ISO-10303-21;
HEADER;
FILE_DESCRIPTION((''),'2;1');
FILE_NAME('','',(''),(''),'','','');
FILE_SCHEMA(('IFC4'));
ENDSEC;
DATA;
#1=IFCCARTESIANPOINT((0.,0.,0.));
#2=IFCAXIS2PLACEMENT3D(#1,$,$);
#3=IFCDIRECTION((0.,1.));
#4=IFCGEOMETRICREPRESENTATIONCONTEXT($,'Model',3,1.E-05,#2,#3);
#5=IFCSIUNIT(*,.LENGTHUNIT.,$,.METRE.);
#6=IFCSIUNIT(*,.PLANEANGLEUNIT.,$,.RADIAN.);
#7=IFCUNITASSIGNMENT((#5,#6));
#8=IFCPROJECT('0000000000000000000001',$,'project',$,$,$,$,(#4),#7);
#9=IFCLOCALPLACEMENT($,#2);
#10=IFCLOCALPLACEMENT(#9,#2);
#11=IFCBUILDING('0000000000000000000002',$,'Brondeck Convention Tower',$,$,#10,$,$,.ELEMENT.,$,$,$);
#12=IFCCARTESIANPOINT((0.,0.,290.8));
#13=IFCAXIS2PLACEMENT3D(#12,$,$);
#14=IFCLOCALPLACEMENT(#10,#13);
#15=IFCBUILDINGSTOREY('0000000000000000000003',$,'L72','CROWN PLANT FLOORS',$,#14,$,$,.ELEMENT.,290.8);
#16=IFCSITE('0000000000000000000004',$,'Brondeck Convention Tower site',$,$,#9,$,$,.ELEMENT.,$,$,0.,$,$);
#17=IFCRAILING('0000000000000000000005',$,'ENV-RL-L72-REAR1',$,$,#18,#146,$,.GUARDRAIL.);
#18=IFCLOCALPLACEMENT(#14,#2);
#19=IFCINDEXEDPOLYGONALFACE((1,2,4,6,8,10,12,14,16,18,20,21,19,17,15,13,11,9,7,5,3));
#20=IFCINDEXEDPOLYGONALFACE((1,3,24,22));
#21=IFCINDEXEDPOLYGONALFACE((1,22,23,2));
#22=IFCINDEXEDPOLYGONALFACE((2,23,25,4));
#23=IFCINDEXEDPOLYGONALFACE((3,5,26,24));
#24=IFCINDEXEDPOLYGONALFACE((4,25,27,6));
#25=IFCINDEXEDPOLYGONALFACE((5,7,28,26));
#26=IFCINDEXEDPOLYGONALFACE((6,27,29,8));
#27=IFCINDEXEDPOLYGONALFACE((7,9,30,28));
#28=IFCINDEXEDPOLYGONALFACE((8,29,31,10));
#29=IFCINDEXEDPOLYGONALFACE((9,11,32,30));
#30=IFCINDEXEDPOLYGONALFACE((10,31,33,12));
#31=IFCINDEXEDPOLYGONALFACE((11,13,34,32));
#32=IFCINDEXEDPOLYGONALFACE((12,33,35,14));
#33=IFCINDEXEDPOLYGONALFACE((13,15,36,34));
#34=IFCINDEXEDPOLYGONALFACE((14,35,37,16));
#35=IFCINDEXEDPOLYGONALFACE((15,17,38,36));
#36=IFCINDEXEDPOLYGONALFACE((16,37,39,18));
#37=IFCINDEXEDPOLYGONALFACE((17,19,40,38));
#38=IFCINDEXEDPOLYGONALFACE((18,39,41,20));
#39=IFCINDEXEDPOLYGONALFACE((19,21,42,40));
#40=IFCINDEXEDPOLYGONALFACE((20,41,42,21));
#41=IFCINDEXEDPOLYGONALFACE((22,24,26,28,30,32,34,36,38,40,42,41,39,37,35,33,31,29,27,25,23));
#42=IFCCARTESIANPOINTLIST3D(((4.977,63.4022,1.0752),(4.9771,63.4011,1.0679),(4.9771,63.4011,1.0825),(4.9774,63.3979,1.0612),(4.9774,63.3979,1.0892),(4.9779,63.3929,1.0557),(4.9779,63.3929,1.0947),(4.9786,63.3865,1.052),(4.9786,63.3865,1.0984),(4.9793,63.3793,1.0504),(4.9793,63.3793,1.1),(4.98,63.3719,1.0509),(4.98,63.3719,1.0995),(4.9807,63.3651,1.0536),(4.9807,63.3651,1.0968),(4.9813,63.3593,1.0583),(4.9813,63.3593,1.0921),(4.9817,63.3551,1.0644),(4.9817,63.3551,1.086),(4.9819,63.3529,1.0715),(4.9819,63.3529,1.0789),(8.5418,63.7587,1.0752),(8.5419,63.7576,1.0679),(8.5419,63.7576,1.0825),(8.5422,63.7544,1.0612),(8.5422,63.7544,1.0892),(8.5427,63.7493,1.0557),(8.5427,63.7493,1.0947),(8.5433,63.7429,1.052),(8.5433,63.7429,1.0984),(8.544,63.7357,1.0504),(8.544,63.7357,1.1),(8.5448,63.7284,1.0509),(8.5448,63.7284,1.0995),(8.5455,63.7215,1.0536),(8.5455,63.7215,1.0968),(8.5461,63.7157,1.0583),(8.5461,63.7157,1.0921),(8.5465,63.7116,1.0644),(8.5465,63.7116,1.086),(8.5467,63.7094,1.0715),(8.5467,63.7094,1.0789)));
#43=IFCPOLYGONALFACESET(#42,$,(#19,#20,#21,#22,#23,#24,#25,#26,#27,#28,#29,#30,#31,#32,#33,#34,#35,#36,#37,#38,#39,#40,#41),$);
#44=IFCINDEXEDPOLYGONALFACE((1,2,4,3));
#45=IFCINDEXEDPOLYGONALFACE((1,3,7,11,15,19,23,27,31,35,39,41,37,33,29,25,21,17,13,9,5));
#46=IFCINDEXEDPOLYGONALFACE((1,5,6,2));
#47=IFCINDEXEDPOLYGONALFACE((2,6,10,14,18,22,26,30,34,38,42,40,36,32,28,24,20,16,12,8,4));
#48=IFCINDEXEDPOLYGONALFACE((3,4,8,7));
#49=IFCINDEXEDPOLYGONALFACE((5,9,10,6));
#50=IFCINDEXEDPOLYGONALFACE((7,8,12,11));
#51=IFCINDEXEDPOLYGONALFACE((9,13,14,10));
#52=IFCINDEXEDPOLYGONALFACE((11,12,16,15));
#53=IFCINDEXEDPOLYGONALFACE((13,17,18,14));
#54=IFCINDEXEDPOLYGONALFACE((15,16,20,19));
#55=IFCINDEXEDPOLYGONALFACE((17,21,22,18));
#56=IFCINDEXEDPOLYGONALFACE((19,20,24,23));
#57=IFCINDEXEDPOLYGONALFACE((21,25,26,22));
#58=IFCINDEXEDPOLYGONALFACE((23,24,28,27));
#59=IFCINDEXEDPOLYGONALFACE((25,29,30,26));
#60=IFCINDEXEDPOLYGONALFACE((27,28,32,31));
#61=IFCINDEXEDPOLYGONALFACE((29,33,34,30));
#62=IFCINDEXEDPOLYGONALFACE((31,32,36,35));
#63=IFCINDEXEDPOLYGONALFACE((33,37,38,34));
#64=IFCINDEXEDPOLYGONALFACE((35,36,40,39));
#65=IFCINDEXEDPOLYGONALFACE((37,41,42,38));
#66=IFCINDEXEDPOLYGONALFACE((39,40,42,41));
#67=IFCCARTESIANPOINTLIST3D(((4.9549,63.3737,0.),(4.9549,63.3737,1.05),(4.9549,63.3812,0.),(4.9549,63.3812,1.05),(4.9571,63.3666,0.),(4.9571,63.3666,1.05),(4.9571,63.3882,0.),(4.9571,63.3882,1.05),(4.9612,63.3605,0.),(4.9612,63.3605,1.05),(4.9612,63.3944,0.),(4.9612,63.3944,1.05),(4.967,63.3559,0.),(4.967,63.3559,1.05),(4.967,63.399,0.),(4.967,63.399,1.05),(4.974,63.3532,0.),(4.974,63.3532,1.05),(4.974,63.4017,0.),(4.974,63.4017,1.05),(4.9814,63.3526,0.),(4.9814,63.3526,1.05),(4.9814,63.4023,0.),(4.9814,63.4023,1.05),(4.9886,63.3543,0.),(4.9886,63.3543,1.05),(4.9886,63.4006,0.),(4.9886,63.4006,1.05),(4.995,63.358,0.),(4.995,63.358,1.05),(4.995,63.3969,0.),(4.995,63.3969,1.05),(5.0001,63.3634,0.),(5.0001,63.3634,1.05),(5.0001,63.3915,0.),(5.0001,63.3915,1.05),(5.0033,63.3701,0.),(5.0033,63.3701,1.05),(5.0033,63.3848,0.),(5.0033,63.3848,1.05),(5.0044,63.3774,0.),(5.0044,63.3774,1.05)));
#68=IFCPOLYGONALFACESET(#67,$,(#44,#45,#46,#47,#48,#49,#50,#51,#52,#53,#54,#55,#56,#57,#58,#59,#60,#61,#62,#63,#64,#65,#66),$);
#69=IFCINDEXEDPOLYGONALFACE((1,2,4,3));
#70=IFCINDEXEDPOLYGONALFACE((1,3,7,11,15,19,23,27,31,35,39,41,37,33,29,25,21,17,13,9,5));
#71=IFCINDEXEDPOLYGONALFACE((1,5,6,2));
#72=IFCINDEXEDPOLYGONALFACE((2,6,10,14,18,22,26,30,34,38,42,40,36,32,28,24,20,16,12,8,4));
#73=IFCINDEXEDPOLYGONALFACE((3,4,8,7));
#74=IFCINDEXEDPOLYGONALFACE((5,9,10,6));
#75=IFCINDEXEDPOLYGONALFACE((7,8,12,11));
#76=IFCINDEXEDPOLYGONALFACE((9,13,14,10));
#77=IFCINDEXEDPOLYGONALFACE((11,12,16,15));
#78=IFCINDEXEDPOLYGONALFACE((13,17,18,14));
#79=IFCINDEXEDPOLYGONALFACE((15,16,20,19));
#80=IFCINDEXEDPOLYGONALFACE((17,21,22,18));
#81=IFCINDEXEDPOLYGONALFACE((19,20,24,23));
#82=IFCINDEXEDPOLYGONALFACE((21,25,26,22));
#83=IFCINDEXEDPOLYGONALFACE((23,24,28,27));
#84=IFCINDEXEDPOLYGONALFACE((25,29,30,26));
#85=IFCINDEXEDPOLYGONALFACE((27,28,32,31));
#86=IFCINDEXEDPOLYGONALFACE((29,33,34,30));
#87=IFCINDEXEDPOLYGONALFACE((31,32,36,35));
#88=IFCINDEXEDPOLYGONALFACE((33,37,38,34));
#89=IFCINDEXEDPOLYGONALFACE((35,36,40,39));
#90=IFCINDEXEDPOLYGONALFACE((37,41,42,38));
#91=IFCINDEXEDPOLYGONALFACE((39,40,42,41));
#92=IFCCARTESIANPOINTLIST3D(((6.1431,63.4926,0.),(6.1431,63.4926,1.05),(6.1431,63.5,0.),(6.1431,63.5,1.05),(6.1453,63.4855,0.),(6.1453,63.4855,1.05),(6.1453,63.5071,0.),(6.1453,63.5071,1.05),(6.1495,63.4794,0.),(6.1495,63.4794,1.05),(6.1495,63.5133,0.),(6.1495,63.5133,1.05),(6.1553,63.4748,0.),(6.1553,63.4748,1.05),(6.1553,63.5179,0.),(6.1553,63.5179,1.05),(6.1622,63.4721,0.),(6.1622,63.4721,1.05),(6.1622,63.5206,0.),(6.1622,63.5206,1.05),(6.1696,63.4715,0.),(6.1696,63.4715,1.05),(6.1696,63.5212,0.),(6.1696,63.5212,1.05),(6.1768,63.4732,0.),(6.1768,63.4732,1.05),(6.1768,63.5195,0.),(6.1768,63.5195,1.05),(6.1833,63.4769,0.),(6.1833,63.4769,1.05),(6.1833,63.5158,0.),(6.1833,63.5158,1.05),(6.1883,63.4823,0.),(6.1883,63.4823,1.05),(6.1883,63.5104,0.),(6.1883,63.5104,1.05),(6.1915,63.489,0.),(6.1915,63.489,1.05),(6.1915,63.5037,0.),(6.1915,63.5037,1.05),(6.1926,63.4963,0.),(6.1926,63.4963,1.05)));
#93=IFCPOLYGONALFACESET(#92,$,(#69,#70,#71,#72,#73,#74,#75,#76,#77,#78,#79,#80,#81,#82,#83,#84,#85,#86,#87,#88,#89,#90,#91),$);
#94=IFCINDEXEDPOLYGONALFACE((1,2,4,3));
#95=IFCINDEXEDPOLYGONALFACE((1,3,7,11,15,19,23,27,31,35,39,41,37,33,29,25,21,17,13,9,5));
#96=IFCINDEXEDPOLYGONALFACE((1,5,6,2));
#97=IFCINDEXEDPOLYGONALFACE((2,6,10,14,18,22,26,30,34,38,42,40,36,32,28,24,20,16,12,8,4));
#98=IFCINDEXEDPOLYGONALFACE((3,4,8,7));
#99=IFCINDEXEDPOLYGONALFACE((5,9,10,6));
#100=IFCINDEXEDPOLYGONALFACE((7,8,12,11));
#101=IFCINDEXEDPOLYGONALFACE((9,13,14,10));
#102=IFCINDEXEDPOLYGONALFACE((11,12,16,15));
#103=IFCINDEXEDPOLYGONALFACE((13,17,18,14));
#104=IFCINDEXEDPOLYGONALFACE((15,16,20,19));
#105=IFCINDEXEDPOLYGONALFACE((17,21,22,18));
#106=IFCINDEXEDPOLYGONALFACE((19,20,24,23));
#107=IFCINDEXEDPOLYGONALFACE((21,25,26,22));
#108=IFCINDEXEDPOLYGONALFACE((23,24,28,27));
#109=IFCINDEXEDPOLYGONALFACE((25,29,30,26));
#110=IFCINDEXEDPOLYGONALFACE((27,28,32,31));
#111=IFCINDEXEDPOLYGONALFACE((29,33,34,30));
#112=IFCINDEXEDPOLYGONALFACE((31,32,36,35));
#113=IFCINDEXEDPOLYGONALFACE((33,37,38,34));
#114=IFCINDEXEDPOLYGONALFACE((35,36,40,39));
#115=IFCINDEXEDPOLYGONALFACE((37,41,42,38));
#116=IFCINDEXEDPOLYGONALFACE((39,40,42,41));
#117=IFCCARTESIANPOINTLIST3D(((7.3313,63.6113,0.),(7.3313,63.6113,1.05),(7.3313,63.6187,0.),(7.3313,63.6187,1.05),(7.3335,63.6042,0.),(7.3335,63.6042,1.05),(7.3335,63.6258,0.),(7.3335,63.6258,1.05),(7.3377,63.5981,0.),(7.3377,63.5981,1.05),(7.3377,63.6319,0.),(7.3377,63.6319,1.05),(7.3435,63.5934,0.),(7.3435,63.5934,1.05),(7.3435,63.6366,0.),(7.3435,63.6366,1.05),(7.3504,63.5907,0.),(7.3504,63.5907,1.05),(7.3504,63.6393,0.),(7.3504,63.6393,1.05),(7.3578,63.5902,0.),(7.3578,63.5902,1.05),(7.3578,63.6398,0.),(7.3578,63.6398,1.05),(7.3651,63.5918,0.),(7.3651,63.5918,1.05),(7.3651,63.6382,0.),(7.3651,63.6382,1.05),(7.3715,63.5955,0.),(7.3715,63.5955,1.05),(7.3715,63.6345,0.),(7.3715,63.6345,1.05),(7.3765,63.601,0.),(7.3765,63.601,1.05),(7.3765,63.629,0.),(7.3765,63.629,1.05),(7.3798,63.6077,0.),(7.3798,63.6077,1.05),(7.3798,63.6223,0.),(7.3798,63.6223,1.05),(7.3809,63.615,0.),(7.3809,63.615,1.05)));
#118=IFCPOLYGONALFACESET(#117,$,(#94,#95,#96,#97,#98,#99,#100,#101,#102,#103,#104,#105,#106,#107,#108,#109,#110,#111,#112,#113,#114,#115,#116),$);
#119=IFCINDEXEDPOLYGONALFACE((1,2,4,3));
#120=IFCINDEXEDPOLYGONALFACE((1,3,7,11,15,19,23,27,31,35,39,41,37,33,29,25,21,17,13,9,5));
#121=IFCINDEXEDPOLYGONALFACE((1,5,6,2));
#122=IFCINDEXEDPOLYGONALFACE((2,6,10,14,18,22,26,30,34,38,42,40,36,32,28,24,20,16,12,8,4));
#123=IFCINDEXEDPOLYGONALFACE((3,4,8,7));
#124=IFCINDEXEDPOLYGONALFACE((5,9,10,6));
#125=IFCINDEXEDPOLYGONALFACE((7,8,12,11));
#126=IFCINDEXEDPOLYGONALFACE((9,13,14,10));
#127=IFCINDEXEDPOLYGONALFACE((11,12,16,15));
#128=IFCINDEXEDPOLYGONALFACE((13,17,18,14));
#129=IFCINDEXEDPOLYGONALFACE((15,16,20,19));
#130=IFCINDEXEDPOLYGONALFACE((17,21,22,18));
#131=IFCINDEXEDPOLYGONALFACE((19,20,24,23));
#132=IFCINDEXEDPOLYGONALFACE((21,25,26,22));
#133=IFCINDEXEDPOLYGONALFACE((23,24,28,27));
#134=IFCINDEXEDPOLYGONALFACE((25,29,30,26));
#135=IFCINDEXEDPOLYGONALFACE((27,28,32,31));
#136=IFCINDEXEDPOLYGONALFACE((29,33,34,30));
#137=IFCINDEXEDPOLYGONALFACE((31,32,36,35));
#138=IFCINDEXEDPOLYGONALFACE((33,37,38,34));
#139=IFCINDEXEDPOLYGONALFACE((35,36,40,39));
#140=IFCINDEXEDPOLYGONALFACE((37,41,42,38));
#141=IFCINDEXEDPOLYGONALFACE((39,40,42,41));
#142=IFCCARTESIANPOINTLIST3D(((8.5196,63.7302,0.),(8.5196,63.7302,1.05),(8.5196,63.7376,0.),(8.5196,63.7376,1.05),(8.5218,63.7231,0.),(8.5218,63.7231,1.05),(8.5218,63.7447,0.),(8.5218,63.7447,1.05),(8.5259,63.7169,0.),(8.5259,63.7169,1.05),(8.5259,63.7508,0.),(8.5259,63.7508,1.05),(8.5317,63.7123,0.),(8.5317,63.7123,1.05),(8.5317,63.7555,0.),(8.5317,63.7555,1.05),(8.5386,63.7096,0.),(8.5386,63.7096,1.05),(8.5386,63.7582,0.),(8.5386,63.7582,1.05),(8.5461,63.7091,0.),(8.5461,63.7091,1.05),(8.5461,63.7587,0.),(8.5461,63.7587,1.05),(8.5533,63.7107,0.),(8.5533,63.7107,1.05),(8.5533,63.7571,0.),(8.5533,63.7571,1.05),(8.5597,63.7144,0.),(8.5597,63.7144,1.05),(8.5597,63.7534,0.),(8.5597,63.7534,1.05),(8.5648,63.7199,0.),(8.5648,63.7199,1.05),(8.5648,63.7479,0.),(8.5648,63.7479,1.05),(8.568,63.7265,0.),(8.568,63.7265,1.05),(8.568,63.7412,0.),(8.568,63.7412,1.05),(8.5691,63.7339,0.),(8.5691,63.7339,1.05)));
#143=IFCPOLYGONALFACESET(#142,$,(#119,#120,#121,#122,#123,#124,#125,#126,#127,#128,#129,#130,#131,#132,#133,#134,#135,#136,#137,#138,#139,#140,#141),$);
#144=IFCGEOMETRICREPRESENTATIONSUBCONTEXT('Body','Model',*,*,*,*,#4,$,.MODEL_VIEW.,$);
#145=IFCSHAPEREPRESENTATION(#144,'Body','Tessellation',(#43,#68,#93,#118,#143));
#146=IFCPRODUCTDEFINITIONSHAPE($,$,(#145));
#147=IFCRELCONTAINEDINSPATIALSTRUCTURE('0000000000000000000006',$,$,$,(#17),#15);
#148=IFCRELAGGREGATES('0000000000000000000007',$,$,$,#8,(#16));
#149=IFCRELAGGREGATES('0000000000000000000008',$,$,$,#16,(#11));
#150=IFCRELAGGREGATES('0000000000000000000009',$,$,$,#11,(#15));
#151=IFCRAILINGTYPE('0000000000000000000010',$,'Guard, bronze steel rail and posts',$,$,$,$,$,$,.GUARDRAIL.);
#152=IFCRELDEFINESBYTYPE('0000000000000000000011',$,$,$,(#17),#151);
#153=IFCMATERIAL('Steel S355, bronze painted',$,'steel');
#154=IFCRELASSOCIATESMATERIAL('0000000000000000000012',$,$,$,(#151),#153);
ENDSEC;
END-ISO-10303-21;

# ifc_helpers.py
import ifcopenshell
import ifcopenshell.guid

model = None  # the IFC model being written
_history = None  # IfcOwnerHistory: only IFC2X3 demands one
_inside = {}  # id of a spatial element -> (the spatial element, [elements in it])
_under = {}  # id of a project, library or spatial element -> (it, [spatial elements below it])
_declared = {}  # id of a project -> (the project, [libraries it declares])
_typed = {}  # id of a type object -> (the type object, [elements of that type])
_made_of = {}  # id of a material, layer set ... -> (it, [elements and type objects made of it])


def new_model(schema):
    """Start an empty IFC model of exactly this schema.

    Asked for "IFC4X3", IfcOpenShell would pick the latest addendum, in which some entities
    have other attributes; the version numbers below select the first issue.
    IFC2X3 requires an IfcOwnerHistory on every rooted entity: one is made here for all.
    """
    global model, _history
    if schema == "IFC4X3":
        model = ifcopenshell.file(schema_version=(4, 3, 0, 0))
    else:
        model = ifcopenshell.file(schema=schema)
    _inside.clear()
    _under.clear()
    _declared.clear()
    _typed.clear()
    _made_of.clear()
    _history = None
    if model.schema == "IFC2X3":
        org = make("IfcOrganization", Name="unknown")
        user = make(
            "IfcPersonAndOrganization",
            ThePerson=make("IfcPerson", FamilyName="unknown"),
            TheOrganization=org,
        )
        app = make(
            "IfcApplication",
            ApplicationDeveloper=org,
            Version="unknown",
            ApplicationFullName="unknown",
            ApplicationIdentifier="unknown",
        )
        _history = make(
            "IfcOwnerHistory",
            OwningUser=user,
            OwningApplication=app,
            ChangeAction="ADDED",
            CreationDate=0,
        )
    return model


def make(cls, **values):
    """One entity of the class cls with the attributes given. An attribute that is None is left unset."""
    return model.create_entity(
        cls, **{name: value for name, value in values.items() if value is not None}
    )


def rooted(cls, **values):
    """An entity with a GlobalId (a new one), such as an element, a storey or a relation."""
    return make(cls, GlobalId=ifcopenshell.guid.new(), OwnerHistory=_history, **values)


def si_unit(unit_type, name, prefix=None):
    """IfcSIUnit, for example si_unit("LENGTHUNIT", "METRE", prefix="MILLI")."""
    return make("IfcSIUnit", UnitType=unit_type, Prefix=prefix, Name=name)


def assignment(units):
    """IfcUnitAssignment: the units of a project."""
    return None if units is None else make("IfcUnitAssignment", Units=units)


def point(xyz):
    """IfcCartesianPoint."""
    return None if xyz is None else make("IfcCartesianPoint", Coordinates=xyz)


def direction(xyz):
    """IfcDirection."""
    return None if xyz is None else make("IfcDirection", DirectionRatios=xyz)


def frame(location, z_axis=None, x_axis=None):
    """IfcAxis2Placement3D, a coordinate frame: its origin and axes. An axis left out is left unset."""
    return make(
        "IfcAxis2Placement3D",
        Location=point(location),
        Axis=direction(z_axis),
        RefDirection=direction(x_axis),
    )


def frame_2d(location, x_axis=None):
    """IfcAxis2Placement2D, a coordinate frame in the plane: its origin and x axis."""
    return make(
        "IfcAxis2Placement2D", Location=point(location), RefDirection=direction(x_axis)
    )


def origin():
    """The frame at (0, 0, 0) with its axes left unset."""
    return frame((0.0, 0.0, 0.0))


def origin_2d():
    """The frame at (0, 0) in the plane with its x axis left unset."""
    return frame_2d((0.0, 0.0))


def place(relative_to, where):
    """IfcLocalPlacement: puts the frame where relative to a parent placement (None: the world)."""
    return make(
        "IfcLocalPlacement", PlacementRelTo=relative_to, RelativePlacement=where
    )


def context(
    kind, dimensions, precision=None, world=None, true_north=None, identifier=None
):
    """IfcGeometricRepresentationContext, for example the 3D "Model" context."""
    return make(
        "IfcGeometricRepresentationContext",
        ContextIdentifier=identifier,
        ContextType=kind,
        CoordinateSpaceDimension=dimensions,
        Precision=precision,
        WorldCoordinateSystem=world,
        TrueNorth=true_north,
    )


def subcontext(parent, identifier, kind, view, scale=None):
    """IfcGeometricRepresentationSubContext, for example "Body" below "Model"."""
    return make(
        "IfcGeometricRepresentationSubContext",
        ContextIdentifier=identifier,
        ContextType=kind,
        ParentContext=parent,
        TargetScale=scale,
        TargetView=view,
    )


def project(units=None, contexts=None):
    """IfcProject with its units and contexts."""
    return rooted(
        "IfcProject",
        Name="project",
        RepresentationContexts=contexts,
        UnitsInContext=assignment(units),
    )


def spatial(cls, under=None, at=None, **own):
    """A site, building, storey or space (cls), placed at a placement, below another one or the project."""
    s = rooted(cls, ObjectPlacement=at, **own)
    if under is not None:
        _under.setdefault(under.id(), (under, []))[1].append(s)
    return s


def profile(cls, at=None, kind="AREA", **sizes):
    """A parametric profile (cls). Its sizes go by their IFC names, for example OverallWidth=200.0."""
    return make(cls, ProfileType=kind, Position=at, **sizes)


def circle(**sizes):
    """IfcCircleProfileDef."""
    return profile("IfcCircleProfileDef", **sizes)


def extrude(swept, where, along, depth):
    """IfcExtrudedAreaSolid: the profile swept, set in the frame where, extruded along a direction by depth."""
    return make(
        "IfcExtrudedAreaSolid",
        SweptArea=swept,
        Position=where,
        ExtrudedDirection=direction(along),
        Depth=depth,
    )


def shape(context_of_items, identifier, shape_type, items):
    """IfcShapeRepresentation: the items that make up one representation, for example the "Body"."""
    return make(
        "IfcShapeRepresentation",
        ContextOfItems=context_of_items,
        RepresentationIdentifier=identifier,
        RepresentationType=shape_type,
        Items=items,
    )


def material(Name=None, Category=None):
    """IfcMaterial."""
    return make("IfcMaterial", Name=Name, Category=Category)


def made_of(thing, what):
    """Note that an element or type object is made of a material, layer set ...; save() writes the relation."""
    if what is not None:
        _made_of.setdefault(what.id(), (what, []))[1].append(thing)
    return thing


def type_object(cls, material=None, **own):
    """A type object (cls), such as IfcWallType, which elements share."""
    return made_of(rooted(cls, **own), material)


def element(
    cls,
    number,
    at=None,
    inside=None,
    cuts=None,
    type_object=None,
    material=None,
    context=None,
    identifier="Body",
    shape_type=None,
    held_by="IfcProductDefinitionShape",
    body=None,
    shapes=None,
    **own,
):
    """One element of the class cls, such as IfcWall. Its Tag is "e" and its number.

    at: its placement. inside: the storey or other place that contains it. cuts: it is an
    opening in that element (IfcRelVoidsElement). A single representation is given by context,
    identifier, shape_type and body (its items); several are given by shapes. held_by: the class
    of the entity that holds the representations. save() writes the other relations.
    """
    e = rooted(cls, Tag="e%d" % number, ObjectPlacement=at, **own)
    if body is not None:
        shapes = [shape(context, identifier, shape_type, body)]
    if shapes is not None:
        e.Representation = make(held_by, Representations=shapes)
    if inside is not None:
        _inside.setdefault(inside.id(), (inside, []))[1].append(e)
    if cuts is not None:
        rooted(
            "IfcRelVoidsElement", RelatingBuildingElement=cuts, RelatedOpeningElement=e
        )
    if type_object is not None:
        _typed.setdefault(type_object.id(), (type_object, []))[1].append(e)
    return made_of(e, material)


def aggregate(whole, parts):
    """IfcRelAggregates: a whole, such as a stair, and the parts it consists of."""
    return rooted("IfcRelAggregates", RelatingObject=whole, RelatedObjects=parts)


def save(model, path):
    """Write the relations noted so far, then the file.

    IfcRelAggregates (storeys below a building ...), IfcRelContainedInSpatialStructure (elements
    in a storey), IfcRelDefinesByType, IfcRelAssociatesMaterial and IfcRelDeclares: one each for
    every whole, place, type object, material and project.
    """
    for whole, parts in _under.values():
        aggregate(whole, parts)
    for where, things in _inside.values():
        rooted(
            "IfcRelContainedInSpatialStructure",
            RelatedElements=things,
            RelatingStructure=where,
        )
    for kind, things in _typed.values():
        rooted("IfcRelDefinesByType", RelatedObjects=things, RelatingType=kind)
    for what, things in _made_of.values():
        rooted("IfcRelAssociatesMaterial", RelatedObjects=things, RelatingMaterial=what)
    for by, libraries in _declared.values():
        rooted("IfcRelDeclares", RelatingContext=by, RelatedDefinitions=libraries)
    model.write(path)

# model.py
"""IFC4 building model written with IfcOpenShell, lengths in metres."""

from ifc_helpers import new_model, si_unit, direction, frame, origin, origin_2d, place, context, subcontext, project, spatial, circle, extrude, material, type_object, element, save


model = new_model("IFC4")

# Units and contexts
model_context = context("Model", 3, precision=1e-05, world=origin(), true_north=direction((0.0, 1.0)))
body_context = subcontext(model_context, "Body", "Model", "MODEL_VIEW")
ifc_project = project(units=[si_unit("LENGTHUNIT", "METRE"), si_unit("PLANEANGLEUNIT", "RADIAN")], contexts=[model_context])

# Site, building, storey
site_placement = place(None, origin())
site = spatial("IfcSite", under=ifc_project, at=site_placement, Name="Brondeck Convention Tower site", CompositionType="ELEMENT", RefElevation=0.0)
building_placement = place(site_placement, origin())
building = spatial("IfcBuilding", under=site, at=building_placement, Name="Brondeck Convention Tower", CompositionType="ELEMENT")
storey_placement = place(building_placement, frame((0.0, 0.0, 290.8)))
storey = spatial("IfcBuildingStorey", under=building, at=storey_placement, Name="L72", Description="CROWN PLANT FLOORS", CompositionType="ELEMENT", Elevation=290.8)

# Railing
ifc_material_1 = material(Name="Steel S355, bronze painted", Category="steel")
railing_type_1 = type_object("IfcRailingType", Name="Guard, bronze steel rail and posts", PredefinedType="GUARDRAIL", material=ifc_material_1)
railing_1_placement = place(storey_placement, frame((4.9795, 63.3774, 0.0)))
element("IfcRailing", 1, at=railing_1_placement, inside=storey, type_object=railing_type_1, Name="ENV-RL-L72-REAR1", PredefinedType="GUARDRAIL", context=body_context, shape_type="SweptSolid", body=[
    extrude(circle(Radius=0.0249, at=origin_2d()), frame((0.0, 0.0, 1.0752), z_axis=(0.995038, 0.099497, 0.0), x_axis=(-0.099497, 0.995038, 0.0)), (0.0, 0.0, 1.0), 3.5825),
    extrude(circle(Radius=0.0249, at=origin_2d()), origin(), (0.0, 0.0, 1.0), 1.05),
    extrude(circle(Radius=0.0249, at=origin_2d()), frame((1.1882, 0.1189, 0.0)), (0.0, 0.0, 1.0), 1.05),
    extrude(circle(Radius=0.0249, at=origin_2d()), frame((2.3765, 0.2375, 0.0)), (0.0, 0.0, 1.0), 1.05),
    extrude(circle(Radius=0.0249, at=origin_2d()), frame((3.5647, 0.3564, 0.0)), (0.0, 0.0, 1.0), 1.05),
])

save(model, "model.ifc")
